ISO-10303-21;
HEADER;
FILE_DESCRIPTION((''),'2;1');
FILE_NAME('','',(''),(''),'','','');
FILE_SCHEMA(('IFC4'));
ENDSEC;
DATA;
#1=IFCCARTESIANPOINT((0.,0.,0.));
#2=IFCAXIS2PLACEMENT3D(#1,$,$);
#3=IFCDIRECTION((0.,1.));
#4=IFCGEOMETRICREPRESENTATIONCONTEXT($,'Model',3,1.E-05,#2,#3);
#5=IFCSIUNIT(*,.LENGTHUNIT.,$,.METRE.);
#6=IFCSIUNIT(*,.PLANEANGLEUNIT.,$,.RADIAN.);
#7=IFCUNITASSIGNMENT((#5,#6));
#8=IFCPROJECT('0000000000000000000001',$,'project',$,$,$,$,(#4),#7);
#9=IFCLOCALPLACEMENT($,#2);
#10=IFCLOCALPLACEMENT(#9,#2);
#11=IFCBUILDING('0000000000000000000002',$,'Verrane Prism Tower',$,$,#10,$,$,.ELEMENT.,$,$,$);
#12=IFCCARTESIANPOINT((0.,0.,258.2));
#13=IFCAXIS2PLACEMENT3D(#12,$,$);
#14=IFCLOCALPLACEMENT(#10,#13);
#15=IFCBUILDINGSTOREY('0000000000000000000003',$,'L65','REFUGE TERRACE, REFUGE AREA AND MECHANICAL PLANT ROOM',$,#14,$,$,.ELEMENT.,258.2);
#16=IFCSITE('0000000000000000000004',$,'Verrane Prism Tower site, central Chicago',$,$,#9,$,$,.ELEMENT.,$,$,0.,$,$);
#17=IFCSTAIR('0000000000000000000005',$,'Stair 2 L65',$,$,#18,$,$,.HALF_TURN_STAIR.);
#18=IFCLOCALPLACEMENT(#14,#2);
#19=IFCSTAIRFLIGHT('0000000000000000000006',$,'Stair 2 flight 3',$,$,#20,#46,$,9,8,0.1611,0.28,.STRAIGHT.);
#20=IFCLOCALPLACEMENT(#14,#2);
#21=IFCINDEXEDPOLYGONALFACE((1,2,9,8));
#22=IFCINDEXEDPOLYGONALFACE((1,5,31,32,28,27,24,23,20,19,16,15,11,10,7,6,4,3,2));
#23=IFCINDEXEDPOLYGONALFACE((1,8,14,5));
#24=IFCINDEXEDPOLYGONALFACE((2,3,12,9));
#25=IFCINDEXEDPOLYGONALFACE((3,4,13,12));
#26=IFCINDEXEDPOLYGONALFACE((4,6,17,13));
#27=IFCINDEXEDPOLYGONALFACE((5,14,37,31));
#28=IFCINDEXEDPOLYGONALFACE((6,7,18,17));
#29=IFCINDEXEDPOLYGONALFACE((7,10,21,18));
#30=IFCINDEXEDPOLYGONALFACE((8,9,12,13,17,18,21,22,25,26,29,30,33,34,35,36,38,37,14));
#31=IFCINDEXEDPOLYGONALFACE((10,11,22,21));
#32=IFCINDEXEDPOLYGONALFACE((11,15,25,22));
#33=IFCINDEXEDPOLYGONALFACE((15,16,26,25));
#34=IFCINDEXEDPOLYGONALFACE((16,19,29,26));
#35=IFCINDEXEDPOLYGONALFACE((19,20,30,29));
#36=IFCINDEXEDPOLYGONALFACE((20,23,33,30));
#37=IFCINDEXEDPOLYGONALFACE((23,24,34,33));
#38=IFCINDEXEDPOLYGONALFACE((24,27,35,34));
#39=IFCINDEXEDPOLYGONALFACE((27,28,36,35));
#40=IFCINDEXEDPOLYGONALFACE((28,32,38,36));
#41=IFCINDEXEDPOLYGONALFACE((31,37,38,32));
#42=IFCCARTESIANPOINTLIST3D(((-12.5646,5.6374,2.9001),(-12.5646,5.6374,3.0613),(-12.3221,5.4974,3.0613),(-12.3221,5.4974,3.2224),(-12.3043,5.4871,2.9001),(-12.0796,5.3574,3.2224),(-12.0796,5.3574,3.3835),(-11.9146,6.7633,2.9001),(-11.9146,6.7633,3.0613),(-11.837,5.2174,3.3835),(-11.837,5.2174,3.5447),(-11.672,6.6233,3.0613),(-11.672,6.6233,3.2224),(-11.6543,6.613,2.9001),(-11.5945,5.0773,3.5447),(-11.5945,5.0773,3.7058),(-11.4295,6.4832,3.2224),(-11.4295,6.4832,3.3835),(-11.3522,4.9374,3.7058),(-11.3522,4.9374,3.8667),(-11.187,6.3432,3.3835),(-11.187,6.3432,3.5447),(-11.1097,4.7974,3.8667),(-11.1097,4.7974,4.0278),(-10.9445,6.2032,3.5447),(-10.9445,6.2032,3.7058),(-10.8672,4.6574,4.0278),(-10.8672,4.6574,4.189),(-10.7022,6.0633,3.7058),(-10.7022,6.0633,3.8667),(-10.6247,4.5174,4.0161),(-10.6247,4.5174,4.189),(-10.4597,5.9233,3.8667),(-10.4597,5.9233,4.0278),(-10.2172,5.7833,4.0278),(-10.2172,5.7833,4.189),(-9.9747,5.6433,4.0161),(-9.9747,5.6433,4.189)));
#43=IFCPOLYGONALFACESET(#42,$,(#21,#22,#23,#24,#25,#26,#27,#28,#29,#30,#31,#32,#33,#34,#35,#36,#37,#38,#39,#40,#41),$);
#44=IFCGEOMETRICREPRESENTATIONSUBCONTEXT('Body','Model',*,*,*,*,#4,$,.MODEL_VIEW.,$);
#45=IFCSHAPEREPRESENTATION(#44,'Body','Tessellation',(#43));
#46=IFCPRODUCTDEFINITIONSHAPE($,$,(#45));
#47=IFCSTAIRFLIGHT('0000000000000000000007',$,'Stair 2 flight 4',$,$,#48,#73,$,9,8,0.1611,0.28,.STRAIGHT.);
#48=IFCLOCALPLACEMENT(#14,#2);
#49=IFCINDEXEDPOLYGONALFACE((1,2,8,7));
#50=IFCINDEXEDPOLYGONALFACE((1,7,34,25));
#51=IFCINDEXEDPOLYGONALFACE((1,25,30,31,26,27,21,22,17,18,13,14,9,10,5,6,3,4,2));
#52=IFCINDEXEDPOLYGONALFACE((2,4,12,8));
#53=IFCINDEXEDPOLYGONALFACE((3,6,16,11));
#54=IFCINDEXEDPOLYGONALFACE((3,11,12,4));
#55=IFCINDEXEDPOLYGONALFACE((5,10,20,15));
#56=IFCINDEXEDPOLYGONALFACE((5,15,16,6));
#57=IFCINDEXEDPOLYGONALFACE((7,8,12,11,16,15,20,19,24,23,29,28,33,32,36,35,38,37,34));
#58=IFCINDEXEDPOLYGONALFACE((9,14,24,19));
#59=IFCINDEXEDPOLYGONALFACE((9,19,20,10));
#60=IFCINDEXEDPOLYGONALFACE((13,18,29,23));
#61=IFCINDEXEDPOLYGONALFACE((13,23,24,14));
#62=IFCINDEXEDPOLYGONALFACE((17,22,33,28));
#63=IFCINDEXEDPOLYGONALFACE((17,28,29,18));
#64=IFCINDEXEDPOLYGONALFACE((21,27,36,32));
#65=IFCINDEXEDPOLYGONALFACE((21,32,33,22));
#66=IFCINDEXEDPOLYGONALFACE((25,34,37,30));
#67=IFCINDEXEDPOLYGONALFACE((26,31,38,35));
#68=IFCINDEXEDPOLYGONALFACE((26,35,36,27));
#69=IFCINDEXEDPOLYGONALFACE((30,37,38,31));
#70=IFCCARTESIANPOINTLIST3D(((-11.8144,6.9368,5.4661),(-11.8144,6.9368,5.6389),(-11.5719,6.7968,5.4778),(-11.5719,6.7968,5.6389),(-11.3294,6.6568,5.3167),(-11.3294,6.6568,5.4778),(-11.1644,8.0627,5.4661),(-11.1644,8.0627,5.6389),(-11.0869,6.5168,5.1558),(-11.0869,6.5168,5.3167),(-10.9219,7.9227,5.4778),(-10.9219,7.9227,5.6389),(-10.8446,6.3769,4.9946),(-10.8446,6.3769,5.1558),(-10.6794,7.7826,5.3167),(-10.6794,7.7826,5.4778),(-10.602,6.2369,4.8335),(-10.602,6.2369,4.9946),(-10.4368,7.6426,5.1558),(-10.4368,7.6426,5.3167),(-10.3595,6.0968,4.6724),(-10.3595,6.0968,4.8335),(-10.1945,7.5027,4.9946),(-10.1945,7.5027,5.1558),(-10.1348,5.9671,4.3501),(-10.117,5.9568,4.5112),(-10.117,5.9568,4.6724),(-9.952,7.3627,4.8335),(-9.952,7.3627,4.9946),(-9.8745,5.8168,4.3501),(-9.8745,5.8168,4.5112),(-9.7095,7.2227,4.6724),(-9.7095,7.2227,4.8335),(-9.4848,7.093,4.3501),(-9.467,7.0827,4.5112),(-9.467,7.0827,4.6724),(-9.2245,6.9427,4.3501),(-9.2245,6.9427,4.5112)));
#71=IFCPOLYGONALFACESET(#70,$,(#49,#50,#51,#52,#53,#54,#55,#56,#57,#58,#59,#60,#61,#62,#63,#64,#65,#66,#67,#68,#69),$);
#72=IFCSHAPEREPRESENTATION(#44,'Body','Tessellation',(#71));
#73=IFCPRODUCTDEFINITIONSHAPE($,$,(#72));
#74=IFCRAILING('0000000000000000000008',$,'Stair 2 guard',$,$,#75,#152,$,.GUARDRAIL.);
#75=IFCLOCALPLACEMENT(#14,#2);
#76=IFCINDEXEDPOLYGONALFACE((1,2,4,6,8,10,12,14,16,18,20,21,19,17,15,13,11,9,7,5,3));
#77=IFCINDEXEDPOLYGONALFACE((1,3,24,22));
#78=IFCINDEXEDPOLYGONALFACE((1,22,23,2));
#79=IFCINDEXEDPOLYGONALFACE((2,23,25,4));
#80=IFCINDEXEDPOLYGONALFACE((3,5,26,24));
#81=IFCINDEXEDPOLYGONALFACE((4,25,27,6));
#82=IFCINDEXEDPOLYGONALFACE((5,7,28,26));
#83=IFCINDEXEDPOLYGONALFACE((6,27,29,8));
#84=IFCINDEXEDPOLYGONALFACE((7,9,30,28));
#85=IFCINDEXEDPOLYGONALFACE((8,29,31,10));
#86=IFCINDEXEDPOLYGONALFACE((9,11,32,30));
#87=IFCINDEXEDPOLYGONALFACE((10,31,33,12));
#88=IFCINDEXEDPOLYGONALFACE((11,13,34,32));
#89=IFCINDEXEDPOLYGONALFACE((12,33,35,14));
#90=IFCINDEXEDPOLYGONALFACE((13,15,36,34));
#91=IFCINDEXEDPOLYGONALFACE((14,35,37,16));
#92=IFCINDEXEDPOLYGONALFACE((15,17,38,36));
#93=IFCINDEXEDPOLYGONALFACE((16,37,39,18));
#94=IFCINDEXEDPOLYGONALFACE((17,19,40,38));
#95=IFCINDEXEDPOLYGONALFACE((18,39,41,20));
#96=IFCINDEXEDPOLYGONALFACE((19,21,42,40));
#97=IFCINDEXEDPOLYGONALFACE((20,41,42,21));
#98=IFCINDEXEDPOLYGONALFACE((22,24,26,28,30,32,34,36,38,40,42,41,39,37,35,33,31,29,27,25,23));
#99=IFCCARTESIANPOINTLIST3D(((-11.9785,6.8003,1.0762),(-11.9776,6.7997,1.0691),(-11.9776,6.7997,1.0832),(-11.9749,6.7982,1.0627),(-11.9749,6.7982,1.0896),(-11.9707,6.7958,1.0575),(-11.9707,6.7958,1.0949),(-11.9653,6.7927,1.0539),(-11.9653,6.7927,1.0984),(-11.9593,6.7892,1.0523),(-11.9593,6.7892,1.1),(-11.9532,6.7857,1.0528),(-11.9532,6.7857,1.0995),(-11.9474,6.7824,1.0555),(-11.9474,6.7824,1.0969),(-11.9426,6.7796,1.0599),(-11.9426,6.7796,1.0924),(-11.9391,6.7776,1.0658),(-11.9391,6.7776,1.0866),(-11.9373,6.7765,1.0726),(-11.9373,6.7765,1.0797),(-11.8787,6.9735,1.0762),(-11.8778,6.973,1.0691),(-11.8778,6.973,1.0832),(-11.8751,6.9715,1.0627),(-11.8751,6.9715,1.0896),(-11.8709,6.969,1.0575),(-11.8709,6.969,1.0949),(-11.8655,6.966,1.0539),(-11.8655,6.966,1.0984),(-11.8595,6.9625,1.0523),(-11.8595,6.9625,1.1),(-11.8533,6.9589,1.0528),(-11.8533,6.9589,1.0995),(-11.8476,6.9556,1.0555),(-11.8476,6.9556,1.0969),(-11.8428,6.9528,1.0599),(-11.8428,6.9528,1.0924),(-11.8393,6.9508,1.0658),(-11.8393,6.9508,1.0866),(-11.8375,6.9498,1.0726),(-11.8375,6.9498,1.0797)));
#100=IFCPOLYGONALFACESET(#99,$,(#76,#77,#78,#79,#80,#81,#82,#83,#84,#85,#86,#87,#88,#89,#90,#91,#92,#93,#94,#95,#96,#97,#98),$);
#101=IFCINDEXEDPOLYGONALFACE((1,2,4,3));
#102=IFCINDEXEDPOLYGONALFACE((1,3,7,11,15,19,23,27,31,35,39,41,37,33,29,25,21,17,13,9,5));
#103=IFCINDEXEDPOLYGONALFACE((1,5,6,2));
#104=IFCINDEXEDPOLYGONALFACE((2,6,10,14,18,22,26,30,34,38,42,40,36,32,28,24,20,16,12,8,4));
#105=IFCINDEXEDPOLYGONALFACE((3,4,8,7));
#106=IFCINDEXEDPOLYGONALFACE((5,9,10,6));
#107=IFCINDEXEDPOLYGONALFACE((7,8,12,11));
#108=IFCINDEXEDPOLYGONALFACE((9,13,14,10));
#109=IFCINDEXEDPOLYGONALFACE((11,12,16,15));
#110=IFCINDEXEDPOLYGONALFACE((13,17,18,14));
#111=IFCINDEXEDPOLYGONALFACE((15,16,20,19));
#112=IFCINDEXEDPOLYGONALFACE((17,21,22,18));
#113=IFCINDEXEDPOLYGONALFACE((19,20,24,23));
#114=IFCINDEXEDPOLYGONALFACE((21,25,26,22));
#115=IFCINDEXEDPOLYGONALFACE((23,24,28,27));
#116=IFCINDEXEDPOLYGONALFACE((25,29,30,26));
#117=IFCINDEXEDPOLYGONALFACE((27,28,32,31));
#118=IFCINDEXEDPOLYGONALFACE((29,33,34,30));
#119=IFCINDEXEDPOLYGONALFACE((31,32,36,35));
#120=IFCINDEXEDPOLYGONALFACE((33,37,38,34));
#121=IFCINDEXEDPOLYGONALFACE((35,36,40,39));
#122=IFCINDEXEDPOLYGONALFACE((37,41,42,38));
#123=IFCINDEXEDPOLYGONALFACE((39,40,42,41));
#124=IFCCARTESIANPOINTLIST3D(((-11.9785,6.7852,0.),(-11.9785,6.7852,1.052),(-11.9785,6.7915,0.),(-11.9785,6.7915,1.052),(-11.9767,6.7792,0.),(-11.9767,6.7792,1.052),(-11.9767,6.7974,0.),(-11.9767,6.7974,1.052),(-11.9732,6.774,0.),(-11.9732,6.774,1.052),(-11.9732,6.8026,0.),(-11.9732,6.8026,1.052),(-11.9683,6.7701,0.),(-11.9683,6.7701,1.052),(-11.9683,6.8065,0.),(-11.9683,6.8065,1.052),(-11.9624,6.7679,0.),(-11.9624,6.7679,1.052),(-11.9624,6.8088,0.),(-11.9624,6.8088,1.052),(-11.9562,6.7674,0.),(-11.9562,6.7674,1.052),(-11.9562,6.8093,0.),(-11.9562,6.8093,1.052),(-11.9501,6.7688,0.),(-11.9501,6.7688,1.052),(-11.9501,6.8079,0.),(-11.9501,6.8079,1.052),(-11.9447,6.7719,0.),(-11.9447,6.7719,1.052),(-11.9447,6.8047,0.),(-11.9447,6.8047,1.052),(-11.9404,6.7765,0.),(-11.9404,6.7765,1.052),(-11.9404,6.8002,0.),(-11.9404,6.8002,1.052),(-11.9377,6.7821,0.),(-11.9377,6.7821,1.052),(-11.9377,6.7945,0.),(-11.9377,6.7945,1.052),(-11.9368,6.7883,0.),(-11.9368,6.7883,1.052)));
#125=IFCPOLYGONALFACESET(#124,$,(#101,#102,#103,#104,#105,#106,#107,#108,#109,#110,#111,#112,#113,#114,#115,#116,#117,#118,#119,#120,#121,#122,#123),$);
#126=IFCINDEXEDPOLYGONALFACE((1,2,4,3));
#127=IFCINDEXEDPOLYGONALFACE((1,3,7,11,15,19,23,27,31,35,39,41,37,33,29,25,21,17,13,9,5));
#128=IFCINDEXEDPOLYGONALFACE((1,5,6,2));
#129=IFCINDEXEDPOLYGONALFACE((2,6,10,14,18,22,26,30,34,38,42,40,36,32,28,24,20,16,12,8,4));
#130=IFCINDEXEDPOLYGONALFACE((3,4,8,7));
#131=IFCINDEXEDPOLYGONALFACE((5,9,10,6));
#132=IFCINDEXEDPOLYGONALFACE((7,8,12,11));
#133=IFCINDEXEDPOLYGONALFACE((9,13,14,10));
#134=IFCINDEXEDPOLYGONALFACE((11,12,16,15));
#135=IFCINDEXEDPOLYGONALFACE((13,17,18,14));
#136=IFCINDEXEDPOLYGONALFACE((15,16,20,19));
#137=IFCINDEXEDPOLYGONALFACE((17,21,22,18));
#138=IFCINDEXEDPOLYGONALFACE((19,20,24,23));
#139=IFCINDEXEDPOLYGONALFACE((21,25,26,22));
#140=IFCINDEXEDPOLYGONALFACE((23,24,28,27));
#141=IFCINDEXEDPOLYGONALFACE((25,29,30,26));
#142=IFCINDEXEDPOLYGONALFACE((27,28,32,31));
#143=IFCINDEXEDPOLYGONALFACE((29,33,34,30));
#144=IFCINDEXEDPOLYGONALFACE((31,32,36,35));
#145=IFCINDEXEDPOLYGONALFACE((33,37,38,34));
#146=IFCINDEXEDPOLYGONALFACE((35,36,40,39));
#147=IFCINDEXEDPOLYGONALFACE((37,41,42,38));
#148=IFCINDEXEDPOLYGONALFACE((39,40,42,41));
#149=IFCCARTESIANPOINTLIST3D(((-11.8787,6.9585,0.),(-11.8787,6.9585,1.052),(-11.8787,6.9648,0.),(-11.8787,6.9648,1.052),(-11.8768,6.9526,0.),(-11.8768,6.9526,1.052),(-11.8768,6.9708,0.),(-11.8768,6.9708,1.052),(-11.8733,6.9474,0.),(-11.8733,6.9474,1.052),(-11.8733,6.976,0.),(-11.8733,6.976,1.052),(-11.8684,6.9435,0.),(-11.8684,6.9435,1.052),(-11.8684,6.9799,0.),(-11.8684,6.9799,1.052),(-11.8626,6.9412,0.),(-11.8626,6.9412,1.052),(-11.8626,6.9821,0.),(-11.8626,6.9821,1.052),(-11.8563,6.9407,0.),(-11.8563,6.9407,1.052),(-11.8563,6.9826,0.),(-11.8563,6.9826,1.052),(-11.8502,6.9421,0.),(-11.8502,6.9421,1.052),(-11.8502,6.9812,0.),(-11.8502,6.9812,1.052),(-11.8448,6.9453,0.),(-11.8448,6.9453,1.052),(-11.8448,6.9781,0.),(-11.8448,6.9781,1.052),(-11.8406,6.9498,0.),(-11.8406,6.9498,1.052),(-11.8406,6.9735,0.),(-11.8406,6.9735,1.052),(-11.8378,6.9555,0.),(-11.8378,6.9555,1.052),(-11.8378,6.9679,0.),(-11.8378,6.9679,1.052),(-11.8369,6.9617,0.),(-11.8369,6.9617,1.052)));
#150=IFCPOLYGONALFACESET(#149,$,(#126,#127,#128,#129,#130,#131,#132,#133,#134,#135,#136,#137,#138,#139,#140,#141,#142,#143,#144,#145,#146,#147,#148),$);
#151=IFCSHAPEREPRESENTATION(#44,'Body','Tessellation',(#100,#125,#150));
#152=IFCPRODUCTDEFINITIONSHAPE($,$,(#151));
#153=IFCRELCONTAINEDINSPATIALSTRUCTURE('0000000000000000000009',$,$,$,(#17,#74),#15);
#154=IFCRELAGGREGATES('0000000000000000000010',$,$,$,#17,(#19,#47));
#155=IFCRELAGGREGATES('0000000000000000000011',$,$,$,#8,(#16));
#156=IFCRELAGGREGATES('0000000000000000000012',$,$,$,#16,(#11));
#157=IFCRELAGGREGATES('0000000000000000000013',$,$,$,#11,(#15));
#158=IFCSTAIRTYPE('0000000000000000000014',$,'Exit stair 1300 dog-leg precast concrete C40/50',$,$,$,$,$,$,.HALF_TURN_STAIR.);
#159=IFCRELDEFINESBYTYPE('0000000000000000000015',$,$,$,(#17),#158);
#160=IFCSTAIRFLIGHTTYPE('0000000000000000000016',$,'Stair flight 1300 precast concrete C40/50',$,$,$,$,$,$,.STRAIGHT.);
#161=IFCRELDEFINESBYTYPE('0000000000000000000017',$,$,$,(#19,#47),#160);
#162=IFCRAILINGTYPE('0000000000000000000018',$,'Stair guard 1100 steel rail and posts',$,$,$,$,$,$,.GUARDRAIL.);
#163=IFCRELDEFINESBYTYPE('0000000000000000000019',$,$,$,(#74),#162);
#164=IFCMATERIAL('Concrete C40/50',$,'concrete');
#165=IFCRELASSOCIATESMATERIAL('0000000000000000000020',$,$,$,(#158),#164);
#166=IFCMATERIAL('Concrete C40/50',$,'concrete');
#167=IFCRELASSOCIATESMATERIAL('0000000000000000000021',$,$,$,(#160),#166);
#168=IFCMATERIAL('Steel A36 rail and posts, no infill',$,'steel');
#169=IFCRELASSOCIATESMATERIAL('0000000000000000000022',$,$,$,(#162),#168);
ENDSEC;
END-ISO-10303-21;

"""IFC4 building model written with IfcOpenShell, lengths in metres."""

from ifc_helpers import new_model, si_unit, direction, frame, origin, origin_2d, place, context, subcontext, project, spatial, polyline, circle, outline, extrude, material, type_object, element, aggregate, save


model = new_model("IFC4")

# Units and contexts
model_context = context("Model", 3, precision=1e-05, world=origin(), true_north=direction((0.0, 1.0)))
body_context = subcontext(model_context, "Body", "Model", "MODEL_VIEW")
ifc_project = project(units=[si_unit("LENGTHUNIT", "METRE"), si_unit("PLANEANGLEUNIT", "RADIAN")], contexts=[model_context])

# Site, building, storey
site_placement = place(None, origin())
site = spatial("IfcSite", under=ifc_project, at=site_placement, Name="Verrane Prism Tower site, central Chicago", CompositionType="ELEMENT", RefElevation=0.0)
building_placement = place(site_placement, origin())
building = spatial("IfcBuilding", under=site, at=building_placement, Name="Verrane Prism Tower", CompositionType="ELEMENT")
storey_placement = place(building_placement, frame((0.0, 0.0, 258.2)))
storey = spatial("IfcBuildingStorey", under=building, at=storey_placement, Name="L65", Description="REFUGE TERRACE, REFUGE AREA AND MECHANICAL PLANT ROOM", CompositionType="ELEMENT", Elevation=258.2)

# Stair, stair flights
ifc_material_1 = material(Name="Concrete C40/50", Category="concrete")
stair_type = type_object("IfcStairType", Name="Exit stair 1300 dog-leg precast concrete C40/50", PredefinedType="HALF_TURN_STAIR", material=ifc_material_1)
stair_placement = place(storey_placement, origin())
stair = element("IfcStair", 1, at=stair_placement, inside=storey, type_object=stair_type, Name="Stair 2 L65", PredefinedType="HALF_TURN_STAIR")
ifc_material_2 = material(Name="Concrete C40/50", Category="concrete")
stair_flight_type = type_object("IfcStairFlightType", Name="Stair flight 1300 precast concrete C40/50", PredefinedType="STRAIGHT", material=ifc_material_2)
stair_flight_1_placement = place(storey_placement, frame((-12.2395, 6.2004, 2.9001), z_axis=(0.0, 0.0, 1.0), x_axis=(0.866025, -0.5, 0.0)))
stair_flight_1 = element("IfcStairFlight", 2, at=stair_flight_1_placement, type_object=stair_flight_type, Name="Stair 2 flight 3", NumberOfRisers=9, NumberOfTreads=8, PredefinedType="STRAIGHT", RiserHeight=0.1611, TreadLength=0.28, context=body_context, shape_type="SweptSolid", body=[
    extrude(outline(polyline([(0.0, 0.0), (0.0, 0.1611), (0.28, 0.1611), (0.28, 0.3223), (0.5601, 0.3223), (0.5601, 0.4834), (0.8401, 0.4834), (0.8401, 0.6445), (1.1201, 0.6445), (1.1201, 0.8057), (1.3999, 0.8057), (1.3999, 0.9666), (1.6799, 0.9666), (1.6799, 1.1277), (1.96, 1.1277), (1.96, 1.2888), (2.24, 1.2888), (2.24, 1.45), (2.24, 1.116), (0.3005, 0.0), (0.0, 0.0)])), frame((0.0, 0.6499, 0.0), z_axis=(0.0, -1.0, 0.0), x_axis=(1.0, 0.0, 0.0)), (0.0, 0.0, 1.0), 1.3),
])
stair_flight_2_placement = place(storey_placement, frame((-9.5496, 6.3796, 4.3501), z_axis=(0.0, 0.0, 1.0), x_axis=(-0.866025, 0.5, 0.0)))
stair_flight_2 = element("IfcStairFlight", 3, at=stair_flight_2_placement, type_object=stair_flight_type, Name="Stair 2 flight 4", NumberOfRisers=9, NumberOfTreads=8, PredefinedType="STRAIGHT", RiserHeight=0.1611, TreadLength=0.28, context=body_context, shape_type="SweptSolid", body=[
    extrude(outline(polyline([(0.0, 0.0), (0.0, 0.1611), (0.28, 0.1611), (0.28, 0.3223), (0.5601, 0.3223), (0.5601, 0.4834), (0.8401, 0.4834), (0.8401, 0.6445), (1.1201, 0.6445), (1.1201, 0.8057), (1.3999, 0.8057), (1.3999, 0.9666), (1.6799, 0.9666), (1.6799, 1.1277), (1.96, 1.1277), (1.96, 1.2888), (2.24, 1.2888), (2.24, 1.45), (2.24, 1.116), (0.3005, 0.0), (0.0, 0.0)])), frame((0.0, 0.6499, 0.0), z_axis=(0.0, -1.0, 0.0), x_axis=(1.0, 0.0, 0.0)), (0.0, 0.0, 1.0), 1.3),
])
aggregate(stair, [stair_flight_1, stair_flight_2])

# Railing
ifc_material_3 = material(Name="Steel A36 rail and posts, no infill", Category="steel")
railing_type_1 = type_object("IfcRailingType", Name="Stair guard 1100 steel rail and posts", PredefinedType="GUARDRAIL", material=ifc_material_3)
railing_1_placement = place(storey_placement, frame((-11.9578, 6.7883, 0.0)))
element("IfcRailing", 4, at=railing_1_placement, inside=storey, type_object=railing_type_1, Name="Stair 2 guard", PredefinedType="GUARDRAIL", context=body_context, shape_type="SweptSolid", body=[
    extrude(circle(Radius=0.0239, at=origin_2d()), frame((0.0, 0.0, 1.0762), z_axis=(0.499159, 0.86651, 0.0), x_axis=(-0.86651, 0.499159, 0.0)), (0.0, 0.0, 1.0), 0.2),
    extrude(circle(Radius=0.021, at=origin_2d()), origin(), (0.0, 0.0, 1.0), 1.052),
    extrude(circle(Radius=0.021, at=origin_2d()), frame((0.0999, 0.1733, 0.0)), (0.0, 0.0, 1.0), 1.052),
])

save(model, "model.ifc")
